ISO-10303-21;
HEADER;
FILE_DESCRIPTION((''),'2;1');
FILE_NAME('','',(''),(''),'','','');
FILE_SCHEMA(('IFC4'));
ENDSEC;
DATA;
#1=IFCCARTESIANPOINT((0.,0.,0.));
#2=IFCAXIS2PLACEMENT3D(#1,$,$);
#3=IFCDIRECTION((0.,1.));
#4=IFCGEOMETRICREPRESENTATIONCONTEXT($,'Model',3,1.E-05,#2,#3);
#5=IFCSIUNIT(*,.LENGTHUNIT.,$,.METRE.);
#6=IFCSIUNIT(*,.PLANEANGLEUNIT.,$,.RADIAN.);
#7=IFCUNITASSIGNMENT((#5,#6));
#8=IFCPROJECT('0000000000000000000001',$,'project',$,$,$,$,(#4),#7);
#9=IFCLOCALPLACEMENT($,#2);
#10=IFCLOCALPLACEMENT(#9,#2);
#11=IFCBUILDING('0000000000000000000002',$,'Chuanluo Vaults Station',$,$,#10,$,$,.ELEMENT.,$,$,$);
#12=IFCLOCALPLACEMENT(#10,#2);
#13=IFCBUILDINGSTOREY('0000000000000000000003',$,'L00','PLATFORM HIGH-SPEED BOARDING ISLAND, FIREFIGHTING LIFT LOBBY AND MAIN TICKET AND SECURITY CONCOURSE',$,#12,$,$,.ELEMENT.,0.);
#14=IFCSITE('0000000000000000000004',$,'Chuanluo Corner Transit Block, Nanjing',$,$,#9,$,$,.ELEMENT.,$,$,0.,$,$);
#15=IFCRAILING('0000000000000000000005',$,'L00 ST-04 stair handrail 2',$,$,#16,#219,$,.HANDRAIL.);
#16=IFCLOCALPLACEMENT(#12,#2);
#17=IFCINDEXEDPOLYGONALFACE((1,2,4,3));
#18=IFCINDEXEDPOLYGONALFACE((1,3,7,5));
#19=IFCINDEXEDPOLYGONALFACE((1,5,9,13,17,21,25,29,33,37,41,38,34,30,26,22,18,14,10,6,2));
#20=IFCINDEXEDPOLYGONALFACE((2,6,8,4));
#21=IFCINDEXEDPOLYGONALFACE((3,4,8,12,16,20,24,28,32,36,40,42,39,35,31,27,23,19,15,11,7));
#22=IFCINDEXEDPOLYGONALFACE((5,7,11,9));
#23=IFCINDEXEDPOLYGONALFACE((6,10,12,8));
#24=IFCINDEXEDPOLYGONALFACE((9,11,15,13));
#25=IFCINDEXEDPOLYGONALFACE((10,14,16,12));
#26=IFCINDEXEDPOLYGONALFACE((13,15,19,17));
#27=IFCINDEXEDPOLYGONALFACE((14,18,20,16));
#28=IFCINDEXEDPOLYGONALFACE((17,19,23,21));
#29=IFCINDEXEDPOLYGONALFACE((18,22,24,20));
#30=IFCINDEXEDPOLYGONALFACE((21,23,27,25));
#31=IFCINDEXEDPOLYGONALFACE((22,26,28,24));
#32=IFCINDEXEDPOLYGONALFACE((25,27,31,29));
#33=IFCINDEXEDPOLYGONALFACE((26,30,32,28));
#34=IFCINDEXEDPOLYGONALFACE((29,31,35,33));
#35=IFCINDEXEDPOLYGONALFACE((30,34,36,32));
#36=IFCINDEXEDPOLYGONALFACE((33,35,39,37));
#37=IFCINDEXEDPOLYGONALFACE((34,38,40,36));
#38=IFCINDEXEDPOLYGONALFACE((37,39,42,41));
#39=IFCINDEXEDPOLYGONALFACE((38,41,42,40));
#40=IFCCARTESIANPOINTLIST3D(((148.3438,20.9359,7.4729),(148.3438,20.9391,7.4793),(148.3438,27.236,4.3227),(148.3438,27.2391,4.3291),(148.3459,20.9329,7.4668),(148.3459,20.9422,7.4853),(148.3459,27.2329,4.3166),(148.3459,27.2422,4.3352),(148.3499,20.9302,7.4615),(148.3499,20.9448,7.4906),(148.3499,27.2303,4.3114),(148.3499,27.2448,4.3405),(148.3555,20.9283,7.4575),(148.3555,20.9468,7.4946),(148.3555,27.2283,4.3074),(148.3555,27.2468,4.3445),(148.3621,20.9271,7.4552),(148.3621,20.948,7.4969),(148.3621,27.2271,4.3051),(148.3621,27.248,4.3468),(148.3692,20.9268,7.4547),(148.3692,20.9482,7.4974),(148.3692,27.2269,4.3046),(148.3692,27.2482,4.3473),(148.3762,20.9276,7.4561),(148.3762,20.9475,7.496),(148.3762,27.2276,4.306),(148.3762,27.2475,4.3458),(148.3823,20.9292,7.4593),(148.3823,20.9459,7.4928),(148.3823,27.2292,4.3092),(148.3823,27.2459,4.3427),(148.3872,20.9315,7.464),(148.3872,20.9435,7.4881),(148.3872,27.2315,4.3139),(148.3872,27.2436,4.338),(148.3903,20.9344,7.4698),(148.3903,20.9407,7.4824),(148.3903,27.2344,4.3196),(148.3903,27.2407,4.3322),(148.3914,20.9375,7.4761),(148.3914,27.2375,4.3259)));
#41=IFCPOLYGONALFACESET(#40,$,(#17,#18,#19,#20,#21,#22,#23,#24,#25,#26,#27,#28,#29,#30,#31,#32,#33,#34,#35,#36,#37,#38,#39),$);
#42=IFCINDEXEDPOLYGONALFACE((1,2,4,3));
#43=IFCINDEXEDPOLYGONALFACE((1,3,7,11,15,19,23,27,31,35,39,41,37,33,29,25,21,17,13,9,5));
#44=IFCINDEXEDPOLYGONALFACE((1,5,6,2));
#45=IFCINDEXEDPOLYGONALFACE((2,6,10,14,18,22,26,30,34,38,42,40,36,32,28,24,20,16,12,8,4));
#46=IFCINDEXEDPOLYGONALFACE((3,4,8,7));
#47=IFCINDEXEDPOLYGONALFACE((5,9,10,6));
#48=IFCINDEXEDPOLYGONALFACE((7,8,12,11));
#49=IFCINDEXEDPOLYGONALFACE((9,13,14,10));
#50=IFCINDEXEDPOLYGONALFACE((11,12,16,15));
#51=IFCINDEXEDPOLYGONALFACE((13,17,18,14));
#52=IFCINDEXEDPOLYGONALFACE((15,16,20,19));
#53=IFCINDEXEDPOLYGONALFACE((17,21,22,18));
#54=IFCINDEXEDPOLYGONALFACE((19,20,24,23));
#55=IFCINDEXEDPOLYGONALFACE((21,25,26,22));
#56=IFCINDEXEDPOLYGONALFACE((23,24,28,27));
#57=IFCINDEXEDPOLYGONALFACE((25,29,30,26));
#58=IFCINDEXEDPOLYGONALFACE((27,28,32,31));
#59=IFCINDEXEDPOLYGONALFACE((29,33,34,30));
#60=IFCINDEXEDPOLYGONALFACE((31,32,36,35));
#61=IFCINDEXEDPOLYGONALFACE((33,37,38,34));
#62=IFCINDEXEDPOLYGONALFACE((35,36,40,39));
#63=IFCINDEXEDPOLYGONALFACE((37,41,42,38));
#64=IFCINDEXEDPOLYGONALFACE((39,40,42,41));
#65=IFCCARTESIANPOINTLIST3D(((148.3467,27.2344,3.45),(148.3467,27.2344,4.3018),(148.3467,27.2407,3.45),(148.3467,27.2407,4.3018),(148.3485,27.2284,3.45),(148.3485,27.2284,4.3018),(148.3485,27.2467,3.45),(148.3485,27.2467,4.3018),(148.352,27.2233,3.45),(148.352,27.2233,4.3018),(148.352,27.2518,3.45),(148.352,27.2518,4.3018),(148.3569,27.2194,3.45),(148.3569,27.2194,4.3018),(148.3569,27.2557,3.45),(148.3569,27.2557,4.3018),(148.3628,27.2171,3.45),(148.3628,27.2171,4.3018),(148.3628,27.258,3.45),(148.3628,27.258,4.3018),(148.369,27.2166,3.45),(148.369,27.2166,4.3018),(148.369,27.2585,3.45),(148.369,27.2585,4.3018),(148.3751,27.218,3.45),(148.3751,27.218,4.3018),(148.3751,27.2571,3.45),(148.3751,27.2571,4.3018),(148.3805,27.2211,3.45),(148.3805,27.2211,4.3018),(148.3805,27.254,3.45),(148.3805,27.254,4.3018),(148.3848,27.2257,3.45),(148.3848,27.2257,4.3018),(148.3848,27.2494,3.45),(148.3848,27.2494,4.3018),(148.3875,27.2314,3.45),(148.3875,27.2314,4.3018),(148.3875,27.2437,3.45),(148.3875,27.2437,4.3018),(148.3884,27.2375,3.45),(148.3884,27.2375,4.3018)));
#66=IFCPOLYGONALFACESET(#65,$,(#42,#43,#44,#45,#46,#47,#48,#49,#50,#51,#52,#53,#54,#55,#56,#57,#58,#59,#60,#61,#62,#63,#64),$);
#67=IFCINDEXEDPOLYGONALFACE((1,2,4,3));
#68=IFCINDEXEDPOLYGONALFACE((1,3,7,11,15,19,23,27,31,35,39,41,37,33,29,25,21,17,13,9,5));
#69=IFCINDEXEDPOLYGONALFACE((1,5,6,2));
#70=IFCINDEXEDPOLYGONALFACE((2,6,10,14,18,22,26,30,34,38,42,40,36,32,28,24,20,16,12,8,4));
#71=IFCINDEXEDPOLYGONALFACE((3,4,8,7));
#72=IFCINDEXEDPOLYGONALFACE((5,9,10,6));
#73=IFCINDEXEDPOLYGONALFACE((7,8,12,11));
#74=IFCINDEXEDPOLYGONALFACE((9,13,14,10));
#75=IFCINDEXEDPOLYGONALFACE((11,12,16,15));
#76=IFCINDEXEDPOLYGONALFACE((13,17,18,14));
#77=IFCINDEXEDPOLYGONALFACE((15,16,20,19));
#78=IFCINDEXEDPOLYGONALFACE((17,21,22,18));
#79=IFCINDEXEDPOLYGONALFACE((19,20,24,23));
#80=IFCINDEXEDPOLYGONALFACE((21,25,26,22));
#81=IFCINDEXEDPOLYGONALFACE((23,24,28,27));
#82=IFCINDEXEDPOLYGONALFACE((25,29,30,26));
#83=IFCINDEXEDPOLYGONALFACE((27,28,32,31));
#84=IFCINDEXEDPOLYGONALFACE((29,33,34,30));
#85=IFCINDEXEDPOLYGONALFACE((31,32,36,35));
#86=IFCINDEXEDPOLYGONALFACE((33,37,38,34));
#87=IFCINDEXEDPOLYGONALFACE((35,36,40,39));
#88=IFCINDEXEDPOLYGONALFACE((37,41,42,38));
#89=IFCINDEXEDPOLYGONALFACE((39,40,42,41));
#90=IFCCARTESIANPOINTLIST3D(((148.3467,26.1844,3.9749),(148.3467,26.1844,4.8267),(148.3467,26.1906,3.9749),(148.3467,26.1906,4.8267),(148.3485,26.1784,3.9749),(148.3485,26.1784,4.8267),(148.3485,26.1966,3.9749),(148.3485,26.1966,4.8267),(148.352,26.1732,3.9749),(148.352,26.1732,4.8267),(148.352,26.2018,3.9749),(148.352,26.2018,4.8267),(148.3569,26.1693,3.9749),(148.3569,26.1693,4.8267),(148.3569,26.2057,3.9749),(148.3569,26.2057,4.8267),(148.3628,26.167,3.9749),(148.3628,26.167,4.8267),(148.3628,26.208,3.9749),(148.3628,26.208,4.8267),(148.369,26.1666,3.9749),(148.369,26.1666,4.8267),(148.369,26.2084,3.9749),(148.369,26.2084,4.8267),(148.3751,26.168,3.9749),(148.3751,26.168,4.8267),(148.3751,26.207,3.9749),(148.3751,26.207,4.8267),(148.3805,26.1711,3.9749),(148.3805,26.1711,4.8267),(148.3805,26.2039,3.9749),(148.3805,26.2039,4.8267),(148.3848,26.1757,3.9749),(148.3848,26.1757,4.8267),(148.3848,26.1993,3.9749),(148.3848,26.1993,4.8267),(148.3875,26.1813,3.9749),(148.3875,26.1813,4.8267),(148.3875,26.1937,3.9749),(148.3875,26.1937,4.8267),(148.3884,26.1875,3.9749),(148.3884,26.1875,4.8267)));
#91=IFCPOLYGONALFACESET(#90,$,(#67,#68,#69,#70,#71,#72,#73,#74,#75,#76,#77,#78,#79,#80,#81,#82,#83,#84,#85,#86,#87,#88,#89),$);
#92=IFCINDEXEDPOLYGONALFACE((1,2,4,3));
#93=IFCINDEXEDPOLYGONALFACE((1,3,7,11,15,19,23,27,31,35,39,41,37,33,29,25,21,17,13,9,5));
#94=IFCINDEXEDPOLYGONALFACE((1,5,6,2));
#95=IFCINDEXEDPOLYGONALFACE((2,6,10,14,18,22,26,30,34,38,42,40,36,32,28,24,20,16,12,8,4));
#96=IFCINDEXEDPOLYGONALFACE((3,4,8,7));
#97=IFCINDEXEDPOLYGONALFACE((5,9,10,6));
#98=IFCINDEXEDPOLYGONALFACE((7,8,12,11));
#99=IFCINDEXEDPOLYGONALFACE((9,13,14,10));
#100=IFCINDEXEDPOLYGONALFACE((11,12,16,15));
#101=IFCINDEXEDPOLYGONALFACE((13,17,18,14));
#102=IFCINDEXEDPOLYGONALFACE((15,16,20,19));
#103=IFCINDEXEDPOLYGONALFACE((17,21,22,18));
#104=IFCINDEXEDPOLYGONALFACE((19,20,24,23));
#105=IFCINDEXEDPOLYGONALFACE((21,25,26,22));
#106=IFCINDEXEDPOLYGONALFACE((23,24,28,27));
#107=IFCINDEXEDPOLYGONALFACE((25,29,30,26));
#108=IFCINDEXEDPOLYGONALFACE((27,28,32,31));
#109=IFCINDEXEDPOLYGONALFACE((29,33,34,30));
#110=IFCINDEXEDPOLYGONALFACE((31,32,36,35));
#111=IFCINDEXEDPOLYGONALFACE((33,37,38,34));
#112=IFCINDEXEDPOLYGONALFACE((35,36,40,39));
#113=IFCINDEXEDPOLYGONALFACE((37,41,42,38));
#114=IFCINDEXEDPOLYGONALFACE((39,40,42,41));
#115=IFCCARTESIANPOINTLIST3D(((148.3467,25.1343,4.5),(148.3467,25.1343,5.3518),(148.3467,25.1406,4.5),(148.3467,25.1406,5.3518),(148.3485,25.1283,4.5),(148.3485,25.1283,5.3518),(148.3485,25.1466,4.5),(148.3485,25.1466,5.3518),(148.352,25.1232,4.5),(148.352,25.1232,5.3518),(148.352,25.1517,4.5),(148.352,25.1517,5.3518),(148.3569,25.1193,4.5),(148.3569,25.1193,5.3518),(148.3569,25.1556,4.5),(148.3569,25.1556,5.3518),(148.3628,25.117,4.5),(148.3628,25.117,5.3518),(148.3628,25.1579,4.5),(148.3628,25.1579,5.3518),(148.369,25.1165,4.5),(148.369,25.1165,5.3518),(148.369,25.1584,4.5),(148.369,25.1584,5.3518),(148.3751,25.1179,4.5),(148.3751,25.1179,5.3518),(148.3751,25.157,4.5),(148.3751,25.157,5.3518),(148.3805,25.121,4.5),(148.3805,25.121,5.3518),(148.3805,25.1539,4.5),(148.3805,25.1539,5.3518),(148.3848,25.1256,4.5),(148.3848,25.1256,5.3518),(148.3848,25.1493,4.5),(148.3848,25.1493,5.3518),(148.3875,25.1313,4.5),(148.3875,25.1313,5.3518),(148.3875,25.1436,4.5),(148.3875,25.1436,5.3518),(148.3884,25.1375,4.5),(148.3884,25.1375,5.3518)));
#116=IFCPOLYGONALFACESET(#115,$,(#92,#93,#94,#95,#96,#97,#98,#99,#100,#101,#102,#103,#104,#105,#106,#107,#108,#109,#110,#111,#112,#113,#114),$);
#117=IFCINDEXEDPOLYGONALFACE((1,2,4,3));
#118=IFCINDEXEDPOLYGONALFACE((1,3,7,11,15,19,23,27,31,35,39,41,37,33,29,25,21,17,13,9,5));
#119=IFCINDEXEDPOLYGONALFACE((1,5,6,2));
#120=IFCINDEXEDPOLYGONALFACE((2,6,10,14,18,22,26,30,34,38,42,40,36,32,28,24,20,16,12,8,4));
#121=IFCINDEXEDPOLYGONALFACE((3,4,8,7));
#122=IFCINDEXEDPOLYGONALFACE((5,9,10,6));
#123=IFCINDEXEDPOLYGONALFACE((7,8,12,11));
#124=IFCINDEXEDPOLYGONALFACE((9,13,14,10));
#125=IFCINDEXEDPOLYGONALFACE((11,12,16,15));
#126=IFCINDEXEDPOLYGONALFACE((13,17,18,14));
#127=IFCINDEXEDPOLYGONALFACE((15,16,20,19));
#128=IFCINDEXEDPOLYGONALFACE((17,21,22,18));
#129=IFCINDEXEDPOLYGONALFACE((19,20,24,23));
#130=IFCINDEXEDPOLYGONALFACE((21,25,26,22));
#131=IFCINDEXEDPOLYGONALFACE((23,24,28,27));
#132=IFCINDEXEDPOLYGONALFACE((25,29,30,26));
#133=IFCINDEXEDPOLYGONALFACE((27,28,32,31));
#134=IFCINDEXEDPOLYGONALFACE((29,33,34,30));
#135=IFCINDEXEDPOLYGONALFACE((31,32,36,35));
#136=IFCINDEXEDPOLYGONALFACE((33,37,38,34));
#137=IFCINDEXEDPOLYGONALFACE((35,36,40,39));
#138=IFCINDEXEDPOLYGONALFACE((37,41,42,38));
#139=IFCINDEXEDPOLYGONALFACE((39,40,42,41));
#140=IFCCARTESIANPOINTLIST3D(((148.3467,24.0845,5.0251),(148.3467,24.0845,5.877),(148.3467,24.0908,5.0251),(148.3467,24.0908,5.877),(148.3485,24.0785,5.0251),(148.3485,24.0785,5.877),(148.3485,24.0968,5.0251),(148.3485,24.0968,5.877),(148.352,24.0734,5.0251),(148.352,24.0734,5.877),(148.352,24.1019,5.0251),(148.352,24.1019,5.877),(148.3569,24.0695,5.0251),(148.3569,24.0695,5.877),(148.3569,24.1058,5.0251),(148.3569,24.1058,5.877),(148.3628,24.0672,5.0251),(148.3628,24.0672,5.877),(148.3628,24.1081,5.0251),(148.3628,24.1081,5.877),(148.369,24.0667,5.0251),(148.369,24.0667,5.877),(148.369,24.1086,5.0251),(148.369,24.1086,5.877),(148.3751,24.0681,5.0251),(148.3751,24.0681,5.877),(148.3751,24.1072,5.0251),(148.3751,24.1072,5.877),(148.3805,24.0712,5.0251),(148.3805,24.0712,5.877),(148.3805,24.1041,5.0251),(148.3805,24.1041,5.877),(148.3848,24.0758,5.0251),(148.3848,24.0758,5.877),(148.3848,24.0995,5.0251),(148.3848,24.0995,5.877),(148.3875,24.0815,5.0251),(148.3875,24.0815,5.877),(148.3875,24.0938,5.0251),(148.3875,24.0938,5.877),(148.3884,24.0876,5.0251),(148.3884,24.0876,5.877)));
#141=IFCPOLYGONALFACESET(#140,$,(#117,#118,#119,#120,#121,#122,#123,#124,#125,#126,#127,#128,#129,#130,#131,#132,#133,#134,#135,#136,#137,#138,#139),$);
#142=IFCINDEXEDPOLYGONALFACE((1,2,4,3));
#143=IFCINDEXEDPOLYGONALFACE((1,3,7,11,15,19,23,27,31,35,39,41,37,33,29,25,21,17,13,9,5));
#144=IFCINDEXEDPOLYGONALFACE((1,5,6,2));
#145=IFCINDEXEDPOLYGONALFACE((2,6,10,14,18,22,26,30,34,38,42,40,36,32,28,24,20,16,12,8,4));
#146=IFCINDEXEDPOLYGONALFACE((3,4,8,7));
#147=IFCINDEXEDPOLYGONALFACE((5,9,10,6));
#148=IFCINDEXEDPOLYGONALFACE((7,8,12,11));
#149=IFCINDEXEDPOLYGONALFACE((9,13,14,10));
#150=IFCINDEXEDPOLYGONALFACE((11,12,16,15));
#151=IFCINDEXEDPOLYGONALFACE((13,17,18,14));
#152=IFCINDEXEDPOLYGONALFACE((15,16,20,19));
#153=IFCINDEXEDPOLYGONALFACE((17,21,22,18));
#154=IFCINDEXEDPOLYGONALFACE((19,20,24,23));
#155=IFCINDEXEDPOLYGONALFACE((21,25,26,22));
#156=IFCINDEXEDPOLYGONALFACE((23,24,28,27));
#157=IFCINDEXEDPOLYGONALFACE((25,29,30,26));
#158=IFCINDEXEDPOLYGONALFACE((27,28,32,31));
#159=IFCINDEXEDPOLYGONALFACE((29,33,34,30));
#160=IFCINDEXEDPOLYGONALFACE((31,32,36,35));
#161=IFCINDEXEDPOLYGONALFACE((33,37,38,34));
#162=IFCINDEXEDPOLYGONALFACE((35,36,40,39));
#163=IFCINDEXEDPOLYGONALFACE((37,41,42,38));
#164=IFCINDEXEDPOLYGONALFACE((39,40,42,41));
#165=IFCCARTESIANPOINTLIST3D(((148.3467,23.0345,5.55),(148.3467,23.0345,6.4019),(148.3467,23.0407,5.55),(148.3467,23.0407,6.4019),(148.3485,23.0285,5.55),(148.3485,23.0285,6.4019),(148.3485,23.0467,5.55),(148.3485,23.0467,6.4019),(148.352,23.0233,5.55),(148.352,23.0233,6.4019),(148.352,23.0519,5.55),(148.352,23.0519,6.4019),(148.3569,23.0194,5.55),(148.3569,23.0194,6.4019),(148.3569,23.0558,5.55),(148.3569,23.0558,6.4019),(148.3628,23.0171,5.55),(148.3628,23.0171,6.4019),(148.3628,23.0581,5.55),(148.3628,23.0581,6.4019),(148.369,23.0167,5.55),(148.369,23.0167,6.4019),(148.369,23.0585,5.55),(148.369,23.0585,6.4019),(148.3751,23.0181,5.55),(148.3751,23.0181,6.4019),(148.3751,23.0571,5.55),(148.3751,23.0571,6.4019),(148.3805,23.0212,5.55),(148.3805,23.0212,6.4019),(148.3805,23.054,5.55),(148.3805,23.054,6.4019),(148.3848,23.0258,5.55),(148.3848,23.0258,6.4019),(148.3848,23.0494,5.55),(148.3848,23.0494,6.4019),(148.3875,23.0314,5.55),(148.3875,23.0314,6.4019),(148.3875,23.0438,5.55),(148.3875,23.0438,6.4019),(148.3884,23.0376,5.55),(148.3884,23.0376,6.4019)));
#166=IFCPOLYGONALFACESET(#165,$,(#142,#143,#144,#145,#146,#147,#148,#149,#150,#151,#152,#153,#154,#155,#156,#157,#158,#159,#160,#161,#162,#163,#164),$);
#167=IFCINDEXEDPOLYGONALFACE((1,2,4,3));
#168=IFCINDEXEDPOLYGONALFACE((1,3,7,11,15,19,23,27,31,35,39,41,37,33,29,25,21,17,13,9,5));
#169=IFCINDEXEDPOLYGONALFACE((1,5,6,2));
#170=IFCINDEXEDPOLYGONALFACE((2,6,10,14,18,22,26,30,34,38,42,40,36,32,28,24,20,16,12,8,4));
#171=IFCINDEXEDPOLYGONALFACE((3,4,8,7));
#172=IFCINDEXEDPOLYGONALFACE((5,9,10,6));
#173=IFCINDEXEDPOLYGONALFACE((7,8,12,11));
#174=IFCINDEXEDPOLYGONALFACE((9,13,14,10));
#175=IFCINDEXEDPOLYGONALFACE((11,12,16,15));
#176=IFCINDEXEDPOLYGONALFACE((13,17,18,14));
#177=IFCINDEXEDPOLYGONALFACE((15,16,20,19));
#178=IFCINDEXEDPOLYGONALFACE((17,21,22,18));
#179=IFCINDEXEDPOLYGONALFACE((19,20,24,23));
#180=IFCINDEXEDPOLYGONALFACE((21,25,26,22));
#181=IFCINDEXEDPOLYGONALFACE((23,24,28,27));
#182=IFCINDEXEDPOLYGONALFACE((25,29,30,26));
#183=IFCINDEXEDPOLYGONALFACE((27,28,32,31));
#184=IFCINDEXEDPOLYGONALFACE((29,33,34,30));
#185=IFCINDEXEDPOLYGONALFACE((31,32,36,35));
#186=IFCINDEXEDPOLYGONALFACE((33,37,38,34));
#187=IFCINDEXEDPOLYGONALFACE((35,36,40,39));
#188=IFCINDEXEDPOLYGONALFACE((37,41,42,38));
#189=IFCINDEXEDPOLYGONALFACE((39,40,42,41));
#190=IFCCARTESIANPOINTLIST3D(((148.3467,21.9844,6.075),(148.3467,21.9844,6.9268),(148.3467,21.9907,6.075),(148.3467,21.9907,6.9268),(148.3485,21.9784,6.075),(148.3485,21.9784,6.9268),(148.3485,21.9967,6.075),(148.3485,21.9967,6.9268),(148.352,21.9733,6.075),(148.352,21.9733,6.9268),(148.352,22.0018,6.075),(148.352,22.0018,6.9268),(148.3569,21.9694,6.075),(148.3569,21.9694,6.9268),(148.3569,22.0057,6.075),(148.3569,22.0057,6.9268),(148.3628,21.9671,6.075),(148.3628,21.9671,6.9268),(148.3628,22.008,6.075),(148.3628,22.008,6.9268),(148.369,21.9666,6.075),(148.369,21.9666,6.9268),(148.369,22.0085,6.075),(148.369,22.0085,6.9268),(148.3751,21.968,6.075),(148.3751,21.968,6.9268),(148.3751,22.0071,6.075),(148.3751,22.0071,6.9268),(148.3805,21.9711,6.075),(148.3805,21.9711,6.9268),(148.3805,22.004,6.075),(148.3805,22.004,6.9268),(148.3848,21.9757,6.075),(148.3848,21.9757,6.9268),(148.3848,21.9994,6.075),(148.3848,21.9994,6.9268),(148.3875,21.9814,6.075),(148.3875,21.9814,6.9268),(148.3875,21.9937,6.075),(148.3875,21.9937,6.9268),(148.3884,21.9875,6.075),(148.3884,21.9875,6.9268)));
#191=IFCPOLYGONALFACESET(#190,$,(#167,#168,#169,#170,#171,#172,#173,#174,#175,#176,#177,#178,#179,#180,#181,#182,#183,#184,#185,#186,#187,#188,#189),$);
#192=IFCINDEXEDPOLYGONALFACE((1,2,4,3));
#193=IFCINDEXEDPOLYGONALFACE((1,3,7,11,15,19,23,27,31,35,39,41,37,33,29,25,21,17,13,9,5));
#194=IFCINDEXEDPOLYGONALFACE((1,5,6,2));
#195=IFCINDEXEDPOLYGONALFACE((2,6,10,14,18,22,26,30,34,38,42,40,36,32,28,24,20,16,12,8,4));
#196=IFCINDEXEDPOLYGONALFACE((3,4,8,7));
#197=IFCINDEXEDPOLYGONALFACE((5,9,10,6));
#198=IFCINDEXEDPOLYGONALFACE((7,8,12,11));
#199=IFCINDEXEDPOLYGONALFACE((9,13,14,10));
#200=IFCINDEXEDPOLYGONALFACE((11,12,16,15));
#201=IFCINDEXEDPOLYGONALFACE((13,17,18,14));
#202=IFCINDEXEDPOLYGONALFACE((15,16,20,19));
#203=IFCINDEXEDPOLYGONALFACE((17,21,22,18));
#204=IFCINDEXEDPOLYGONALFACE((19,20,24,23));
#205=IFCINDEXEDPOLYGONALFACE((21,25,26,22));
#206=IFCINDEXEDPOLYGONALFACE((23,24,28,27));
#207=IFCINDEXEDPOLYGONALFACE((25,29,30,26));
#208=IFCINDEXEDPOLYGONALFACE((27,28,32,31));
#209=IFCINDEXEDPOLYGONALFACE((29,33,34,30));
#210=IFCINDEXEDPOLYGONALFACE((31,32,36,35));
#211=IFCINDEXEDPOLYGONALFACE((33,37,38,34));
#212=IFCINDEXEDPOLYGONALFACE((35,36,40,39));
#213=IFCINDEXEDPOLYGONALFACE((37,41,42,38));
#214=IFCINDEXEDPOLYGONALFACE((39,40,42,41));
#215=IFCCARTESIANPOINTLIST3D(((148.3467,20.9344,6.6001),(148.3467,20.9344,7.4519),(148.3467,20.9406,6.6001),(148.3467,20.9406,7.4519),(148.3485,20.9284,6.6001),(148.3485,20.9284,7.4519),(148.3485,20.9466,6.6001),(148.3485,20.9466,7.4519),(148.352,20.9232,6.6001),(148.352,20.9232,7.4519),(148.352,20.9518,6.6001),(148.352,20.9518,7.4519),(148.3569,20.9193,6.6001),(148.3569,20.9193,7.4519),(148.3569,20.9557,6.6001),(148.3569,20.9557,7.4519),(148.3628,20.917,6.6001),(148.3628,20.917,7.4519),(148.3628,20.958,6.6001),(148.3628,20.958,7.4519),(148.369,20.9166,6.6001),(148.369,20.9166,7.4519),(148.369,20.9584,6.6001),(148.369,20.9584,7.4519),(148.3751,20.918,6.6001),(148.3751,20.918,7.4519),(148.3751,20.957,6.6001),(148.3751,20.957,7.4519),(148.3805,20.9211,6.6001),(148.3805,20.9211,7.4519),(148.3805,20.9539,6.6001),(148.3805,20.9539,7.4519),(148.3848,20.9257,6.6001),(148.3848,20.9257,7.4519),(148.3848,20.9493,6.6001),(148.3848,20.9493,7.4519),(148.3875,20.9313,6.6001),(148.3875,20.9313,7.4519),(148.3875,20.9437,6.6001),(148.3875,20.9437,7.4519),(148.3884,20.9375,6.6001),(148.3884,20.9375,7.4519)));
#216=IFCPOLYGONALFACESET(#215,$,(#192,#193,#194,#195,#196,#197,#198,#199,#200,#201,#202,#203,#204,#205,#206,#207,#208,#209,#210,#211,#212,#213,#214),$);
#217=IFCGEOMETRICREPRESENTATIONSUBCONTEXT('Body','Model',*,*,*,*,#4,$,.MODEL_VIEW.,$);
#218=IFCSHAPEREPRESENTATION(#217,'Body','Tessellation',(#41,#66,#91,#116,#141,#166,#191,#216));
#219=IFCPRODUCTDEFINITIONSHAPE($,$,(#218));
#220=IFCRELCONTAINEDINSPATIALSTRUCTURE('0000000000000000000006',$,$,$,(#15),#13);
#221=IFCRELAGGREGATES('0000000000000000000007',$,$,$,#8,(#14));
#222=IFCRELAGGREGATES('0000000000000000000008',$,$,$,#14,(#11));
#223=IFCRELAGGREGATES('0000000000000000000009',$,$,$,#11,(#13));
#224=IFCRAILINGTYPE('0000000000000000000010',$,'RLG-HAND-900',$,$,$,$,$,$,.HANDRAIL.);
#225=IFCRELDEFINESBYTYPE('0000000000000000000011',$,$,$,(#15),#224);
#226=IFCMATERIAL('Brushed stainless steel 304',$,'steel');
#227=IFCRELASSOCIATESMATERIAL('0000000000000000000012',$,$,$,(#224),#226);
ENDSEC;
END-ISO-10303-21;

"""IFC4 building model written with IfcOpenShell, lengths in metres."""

from ifc_helpers import new_model, si_unit, direction, frame, origin, origin_2d, place, context, subcontext, project, spatial, circle, extrude, material, type_object, element, save


model = new_model("IFC4")

# Units and contexts
model_context = context("Model", 3, precision=1e-05, world=origin(), true_north=direction((0.0, 1.0)))
body_context = subcontext(model_context, "Body", "Model", "MODEL_VIEW")
ifc_project = project(units=[si_unit("LENGTHUNIT", "METRE"), si_unit("PLANEANGLEUNIT", "RADIAN")], contexts=[model_context])

# Site, building, storey
site_placement = place(None, origin())
site = spatial("IfcSite", under=ifc_project, at=site_placement, Name="Chuanluo Corner Transit Block, Nanjing", CompositionType="ELEMENT", RefElevation=0.0)
building_placement = place(site_placement, origin())
building = spatial("IfcBuilding", under=site, at=building_placement, Name="Chuanluo Vaults Station", CompositionType="ELEMENT")
storey_placement = place(building_placement, origin())
storey = spatial("IfcBuildingStorey", under=building, at=storey_placement, Name="L00", Description="PLATFORM HIGH-SPEED BOARDING ISLAND, FIREFIGHTING LIFT LOBBY AND MAIN TICKET AND SECURITY CONCOURSE", CompositionType="ELEMENT", Elevation=0.0)

# Railing
ifc_material_1 = material(Name="Brushed stainless steel 304", Category="steel")
railing_type_1 = type_object("IfcRailingType", Name="RLG-HAND-900", PredefinedType="HANDRAIL", material=ifc_material_1)
railing_1_placement = place(storey_placement, frame((148.3674, 27.2375, 3.45)))
element("IfcRailing", 1, at=railing_1_placement, inside=storey, type_object=railing_type_1, Name="L00 ST-04 stair handrail 2", PredefinedType="HANDRAIL", context=body_context, shape_type="SweptSolid", body=[
    extrude(circle(Radius=0.0239, at=origin_2d()), frame((0.0, 0.0, 0.876), z_axis=(0.0, -0.89442, 0.447227), x_axis=(1.0, 0.0, 0.0)), (0.0, 0.0, 1.0), 7.0437),
    extrude(circle(Radius=0.021, at=origin_2d()), origin(), (0.0, 0.0, 1.0), 0.8518),
    extrude(circle(Radius=0.021, at=origin_2d()), frame((0.0, -1.05, 0.5249)), (0.0, 0.0, 1.0), 0.8518),
    extrude(circle(Radius=0.021, at=origin_2d()), frame((0.0, -2.1001, 1.05)), (0.0, 0.0, 1.0), 0.8518),
    extrude(circle(Radius=0.021, at=origin_2d()), frame((0.0, -3.1499, 1.5752)), (0.0, 0.0, 1.0), 0.8518),
    extrude(circle(Radius=0.021, at=origin_2d()), frame((0.0, -4.2, 2.1001)), (0.0, 0.0, 1.0), 0.8518),
    extrude(circle(Radius=0.021, at=origin_2d()), frame((0.0, -5.25, 2.625)), (0.0, 0.0, 1.0), 0.8518),
    extrude(circle(Radius=0.021, at=origin_2d()), frame((0.0, -6.3, 3.1501)), (0.0, 0.0, 1.0), 0.8518),
])

save(model, "model.ifc")
